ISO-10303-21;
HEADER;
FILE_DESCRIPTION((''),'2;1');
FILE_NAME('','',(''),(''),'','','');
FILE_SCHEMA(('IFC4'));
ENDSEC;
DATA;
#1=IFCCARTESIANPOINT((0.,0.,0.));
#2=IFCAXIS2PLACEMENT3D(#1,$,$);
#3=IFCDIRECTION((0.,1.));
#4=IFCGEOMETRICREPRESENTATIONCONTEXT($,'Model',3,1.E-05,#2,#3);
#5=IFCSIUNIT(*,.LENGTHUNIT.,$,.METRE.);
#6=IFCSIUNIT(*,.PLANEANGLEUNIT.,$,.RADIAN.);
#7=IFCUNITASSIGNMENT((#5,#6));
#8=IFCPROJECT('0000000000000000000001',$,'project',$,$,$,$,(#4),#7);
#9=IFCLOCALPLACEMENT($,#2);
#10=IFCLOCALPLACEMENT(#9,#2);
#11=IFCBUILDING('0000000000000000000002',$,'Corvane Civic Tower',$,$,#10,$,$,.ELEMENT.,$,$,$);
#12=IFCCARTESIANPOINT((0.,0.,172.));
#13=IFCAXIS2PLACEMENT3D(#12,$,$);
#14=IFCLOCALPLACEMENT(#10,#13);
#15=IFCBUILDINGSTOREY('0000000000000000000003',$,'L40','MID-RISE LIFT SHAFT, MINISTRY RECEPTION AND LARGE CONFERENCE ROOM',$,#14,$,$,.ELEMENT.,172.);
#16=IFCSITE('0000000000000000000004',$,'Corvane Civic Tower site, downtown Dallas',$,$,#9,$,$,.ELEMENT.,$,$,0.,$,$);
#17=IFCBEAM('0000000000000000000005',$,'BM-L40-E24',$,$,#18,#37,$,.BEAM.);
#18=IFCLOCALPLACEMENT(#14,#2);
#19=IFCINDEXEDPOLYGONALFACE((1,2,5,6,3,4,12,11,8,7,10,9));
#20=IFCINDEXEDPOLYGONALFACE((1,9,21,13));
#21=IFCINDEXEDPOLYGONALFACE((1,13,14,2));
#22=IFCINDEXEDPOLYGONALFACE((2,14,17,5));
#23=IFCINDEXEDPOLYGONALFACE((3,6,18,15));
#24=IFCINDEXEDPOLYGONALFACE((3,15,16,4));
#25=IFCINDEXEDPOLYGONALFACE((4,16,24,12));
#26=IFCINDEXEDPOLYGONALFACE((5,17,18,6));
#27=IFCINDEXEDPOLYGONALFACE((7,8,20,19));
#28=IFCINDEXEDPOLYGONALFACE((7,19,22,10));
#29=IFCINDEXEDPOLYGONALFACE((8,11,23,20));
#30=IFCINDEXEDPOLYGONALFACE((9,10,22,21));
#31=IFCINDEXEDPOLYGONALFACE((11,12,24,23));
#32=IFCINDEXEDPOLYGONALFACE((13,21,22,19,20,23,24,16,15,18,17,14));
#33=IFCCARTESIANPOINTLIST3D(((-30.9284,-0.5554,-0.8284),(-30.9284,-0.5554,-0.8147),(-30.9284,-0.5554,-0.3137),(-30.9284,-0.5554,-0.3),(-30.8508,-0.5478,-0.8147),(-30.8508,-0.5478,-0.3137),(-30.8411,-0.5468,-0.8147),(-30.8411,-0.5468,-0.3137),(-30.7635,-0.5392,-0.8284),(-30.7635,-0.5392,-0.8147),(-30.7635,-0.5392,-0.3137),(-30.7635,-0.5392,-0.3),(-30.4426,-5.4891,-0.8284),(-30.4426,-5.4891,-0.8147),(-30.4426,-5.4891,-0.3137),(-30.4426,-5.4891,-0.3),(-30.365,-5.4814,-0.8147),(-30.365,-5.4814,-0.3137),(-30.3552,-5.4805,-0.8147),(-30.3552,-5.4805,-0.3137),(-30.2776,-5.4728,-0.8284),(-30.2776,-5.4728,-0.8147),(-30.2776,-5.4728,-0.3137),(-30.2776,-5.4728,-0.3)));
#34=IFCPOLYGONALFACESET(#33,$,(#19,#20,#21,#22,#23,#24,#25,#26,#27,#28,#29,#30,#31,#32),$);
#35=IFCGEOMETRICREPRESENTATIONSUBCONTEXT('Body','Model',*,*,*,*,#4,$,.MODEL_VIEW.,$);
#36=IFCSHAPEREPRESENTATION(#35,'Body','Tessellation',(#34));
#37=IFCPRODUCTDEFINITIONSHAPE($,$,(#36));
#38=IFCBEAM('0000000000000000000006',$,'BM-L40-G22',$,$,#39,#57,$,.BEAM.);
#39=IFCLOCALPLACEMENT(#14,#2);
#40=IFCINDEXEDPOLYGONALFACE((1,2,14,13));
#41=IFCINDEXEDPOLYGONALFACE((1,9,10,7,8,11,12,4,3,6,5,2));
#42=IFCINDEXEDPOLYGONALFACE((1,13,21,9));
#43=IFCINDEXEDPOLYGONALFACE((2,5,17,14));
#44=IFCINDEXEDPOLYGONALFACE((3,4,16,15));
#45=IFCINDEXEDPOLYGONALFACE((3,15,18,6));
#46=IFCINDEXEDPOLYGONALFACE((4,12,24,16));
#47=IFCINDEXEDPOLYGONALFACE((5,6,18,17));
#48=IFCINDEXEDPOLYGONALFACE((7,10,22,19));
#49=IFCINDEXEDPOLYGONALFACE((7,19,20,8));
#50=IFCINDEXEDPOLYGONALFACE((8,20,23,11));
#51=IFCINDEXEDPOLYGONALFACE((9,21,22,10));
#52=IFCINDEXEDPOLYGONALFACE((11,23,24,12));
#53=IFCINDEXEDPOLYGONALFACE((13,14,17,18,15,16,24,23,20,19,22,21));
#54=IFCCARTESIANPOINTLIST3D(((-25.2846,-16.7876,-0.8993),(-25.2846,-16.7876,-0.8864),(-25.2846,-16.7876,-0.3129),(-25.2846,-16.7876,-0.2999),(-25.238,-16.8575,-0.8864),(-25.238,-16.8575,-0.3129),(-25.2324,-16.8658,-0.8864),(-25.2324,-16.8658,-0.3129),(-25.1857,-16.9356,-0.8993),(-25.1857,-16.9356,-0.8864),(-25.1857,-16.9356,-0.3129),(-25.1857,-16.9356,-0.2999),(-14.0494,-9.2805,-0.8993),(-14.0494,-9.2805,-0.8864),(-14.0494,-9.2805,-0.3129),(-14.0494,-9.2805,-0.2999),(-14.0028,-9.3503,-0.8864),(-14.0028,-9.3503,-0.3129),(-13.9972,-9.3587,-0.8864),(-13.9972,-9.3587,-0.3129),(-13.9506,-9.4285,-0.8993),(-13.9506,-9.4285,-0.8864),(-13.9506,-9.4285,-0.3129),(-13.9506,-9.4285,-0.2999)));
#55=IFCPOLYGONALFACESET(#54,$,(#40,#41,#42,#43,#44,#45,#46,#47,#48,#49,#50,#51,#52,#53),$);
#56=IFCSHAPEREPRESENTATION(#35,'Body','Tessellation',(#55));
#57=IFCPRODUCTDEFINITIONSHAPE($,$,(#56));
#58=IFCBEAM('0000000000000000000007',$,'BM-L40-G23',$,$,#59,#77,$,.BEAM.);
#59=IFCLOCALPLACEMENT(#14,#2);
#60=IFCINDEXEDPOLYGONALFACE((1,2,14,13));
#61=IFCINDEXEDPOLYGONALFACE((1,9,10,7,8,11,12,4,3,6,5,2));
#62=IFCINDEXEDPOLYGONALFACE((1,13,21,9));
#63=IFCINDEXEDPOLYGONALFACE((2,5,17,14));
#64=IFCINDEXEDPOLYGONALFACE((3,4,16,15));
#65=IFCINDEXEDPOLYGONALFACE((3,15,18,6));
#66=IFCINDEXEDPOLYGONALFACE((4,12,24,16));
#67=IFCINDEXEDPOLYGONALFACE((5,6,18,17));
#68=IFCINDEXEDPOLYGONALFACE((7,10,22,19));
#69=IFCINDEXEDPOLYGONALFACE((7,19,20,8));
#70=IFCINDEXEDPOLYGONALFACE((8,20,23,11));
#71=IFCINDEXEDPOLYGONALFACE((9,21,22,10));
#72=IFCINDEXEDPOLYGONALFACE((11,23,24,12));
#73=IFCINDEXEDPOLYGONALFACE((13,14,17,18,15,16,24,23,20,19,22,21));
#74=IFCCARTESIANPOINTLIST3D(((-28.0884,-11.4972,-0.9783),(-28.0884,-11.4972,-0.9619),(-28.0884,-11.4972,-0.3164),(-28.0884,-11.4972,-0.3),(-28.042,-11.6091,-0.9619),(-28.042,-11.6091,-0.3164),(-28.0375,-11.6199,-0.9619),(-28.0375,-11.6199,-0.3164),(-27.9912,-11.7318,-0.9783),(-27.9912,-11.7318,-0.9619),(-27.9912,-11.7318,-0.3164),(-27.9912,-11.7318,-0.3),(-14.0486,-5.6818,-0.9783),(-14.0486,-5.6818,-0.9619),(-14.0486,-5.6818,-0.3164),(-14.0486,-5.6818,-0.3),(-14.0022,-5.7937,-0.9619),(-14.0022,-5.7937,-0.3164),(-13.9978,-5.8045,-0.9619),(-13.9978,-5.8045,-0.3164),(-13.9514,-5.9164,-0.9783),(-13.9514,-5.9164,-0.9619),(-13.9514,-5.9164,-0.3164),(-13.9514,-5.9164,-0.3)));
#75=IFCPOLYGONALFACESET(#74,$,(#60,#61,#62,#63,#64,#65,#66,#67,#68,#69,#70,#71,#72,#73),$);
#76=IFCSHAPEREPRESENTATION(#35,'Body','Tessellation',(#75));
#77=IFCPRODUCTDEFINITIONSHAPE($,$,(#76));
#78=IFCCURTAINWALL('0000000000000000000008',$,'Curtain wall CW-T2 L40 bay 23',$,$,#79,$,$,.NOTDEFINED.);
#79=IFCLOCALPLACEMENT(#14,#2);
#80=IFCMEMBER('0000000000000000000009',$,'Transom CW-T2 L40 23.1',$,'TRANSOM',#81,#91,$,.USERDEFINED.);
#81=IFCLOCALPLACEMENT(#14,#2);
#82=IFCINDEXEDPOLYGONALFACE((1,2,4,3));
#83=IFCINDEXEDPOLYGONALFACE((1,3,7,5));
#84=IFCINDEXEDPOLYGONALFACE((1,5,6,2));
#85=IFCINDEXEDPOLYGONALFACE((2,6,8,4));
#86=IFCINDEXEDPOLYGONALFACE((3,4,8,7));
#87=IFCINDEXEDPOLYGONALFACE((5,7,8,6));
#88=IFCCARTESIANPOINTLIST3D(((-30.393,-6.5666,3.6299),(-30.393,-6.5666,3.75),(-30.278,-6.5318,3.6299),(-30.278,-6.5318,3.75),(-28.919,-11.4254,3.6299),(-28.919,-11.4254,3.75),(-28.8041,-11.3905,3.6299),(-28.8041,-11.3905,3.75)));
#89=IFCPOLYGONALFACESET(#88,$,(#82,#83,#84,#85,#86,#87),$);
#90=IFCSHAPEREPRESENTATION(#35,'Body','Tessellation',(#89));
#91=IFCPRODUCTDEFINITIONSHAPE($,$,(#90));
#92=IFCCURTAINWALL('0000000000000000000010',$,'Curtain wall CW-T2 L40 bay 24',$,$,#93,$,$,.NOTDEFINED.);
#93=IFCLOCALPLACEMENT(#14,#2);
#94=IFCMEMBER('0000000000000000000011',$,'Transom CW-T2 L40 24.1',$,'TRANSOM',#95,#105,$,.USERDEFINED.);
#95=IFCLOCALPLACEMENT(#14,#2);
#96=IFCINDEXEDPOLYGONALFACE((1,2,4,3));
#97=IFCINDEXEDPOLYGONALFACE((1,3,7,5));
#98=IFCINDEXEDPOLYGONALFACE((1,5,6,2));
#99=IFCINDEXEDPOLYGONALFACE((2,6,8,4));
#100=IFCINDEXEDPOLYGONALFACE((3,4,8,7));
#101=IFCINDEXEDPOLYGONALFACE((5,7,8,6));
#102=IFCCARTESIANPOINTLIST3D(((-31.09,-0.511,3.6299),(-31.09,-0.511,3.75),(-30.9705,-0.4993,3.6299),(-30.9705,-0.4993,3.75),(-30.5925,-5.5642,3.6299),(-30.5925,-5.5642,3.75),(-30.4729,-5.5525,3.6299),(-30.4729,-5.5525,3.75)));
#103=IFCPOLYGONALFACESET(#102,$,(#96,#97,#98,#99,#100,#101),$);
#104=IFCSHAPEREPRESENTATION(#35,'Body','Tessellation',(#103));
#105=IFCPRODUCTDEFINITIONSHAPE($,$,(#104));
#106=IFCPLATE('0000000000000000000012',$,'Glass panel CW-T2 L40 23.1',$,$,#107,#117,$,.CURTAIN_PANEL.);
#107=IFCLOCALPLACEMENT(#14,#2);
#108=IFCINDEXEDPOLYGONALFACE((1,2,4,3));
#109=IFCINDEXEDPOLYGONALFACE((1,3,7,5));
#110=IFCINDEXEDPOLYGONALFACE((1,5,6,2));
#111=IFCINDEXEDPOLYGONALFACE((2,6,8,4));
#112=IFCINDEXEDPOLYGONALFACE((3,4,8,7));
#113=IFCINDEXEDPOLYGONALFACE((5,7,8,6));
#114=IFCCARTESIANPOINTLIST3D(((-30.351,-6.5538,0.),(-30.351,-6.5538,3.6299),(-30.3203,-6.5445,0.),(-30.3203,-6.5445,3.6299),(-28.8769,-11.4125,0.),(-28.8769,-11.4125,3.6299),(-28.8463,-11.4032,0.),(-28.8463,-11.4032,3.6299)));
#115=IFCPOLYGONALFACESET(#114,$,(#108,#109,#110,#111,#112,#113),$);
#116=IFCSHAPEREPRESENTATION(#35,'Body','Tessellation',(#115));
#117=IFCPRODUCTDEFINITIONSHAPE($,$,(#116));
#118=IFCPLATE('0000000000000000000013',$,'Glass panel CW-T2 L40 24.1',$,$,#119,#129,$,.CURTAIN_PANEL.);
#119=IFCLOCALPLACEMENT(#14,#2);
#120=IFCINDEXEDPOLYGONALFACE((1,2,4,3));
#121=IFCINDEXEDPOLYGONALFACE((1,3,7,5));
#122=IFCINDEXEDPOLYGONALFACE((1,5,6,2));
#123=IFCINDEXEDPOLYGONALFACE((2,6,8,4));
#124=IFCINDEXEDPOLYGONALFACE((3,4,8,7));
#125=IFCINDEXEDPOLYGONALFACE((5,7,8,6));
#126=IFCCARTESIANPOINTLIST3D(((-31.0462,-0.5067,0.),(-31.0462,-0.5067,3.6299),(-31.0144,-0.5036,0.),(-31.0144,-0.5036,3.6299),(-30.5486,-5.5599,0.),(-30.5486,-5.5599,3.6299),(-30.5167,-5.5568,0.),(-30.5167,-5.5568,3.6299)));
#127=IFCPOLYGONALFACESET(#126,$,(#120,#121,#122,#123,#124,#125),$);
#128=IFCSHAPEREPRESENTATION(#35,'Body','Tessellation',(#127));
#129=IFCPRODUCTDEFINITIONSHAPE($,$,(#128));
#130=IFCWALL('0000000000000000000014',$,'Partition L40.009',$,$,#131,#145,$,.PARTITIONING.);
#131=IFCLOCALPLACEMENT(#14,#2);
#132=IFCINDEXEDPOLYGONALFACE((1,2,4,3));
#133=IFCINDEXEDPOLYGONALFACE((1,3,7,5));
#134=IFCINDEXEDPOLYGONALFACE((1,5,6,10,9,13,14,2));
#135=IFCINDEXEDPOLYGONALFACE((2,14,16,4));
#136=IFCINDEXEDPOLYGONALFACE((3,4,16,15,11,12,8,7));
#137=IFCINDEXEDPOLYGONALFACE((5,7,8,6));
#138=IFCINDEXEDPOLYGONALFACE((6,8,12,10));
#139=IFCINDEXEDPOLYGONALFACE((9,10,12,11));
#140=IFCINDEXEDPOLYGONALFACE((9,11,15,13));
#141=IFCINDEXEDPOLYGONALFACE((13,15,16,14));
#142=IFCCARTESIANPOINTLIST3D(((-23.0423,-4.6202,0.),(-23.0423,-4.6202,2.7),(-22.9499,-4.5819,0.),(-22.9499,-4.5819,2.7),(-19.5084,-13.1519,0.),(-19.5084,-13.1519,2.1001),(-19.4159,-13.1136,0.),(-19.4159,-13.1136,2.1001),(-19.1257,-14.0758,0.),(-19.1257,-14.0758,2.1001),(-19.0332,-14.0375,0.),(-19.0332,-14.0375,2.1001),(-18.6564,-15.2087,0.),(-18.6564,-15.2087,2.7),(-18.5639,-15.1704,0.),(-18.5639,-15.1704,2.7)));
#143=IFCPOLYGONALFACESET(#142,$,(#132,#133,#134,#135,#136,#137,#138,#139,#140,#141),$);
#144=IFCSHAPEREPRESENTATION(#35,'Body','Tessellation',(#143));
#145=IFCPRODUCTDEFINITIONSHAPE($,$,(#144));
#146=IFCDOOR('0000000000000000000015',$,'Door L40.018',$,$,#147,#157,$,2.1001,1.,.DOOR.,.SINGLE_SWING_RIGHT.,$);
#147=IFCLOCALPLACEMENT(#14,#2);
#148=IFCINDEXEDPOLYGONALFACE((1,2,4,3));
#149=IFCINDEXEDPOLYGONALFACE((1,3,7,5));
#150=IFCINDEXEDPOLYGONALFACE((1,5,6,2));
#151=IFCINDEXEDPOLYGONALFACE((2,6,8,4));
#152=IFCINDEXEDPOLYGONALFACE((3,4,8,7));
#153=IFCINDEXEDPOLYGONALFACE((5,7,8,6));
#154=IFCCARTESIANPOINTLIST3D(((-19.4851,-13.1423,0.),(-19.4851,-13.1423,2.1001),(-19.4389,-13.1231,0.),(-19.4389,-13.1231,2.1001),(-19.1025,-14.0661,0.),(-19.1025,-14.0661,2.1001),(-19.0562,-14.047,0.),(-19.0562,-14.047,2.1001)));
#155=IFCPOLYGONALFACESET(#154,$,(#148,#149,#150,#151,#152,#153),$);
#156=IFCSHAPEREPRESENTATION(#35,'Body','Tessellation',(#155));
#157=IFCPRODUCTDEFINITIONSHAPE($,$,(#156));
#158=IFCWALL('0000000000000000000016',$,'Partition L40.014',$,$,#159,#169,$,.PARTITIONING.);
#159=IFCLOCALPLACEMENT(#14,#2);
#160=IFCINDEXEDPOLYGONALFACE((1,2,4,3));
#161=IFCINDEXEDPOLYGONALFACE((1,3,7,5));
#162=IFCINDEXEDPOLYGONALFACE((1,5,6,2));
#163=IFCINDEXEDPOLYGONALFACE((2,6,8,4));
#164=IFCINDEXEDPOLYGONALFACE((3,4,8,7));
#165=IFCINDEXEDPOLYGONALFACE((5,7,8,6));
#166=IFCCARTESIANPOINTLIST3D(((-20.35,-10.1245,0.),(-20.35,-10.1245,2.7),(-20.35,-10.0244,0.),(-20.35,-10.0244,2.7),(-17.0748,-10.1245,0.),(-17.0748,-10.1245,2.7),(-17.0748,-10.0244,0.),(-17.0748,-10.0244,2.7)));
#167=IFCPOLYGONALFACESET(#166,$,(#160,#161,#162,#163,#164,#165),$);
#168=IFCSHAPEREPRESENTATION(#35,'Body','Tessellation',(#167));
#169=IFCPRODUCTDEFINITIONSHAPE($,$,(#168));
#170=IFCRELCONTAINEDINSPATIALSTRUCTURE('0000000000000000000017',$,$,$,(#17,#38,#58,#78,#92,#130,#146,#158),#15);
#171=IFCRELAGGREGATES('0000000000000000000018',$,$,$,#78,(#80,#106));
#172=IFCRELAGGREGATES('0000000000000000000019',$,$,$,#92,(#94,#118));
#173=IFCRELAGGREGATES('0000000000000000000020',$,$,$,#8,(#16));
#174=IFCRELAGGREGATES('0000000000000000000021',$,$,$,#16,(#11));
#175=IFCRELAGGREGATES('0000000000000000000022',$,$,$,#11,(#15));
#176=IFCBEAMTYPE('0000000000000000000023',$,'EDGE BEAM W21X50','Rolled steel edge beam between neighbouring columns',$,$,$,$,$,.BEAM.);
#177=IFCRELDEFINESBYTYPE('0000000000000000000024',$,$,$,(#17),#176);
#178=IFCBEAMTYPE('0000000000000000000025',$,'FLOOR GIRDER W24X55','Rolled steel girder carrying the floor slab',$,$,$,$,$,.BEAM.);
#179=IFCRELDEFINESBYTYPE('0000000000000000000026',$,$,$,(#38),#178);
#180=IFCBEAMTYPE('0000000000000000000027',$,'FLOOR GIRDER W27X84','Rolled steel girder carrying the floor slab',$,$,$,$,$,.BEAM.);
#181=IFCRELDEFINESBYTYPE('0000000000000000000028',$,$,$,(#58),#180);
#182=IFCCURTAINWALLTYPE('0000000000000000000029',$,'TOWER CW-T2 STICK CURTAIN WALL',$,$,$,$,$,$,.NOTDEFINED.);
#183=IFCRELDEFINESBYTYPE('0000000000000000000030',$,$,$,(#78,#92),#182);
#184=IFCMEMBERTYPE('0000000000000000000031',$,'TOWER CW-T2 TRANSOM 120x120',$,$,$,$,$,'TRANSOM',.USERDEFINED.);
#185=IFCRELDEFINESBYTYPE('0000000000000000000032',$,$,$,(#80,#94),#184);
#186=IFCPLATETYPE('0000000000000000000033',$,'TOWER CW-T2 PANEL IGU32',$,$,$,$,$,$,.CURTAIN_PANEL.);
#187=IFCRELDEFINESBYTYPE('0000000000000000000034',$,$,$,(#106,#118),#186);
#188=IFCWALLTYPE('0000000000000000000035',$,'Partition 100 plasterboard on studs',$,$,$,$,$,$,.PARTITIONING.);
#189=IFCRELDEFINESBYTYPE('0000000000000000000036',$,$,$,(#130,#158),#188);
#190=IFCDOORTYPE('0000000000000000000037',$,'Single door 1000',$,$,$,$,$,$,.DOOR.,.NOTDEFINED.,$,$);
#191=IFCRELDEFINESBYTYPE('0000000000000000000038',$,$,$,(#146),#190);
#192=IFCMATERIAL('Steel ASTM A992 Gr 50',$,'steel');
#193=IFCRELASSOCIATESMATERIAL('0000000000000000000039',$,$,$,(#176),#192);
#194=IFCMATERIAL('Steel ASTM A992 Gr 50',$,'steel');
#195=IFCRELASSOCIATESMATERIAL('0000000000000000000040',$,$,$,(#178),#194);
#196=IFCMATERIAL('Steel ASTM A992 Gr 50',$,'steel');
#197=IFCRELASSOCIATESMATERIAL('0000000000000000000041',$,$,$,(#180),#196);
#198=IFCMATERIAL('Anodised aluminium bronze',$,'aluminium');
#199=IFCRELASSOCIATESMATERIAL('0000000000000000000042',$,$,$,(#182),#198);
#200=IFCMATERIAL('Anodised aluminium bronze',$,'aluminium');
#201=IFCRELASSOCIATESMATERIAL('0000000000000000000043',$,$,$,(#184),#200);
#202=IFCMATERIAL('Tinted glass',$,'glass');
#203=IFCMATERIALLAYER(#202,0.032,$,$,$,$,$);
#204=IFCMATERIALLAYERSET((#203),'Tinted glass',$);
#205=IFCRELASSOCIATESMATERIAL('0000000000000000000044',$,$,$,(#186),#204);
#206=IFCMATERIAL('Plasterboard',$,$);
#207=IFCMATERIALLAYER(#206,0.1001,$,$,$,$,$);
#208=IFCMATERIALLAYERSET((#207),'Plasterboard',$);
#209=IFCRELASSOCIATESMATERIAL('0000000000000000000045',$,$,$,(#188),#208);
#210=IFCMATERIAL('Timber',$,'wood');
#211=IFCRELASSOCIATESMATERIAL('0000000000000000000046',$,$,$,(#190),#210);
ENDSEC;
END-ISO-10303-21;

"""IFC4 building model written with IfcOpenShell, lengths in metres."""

from ifc_helpers import new_model, si_unit, direction, frame, frame_2d, origin, origin_2d, place, context, subcontext, project, spatial, rectangle, i_section, extrude, material, layer, layer_set, material_profile, profile_set, type_object, element, fill, aggregate, save


model = new_model("IFC4")

# Units and contexts
model_context = context("Model", 3, precision=1e-05, world=origin(), true_north=direction((0.0, 1.0)))
body_context = subcontext(model_context, "Body", "Model", "MODEL_VIEW")
ifc_project = project(units=[si_unit("LENGTHUNIT", "METRE"), si_unit("PLANEANGLEUNIT", "RADIAN")], contexts=[model_context])

# Site, building, storey
site_placement = place(None, origin())
site = spatial("IfcSite", under=ifc_project, at=site_placement, Name="Corvane Civic Tower site, downtown Dallas", CompositionType="ELEMENT", RefElevation=0.0)
building_placement = place(site_placement, origin())
building = spatial("IfcBuilding", under=site, at=building_placement, Name="Corvane Civic Tower", CompositionType="ELEMENT")
storey_placement = place(building_placement, frame((0.0, 0.0, 172.0)))
storey = spatial("IfcBuildingStorey", under=building, at=storey_placement, Name="L40", Description="MID-RISE LIFT SHAFT, MINISTRY RECEPTION AND LARGE CONFERENCE ROOM", CompositionType="ELEMENT", Elevation=172.0)

# Beams
ifc_material_1 = material(Name="Steel ASTM A992 Gr 50", Category="steel")
ifc_material_profile_1 = material_profile(ifc_material_1, i_section(OverallWidth=0.1658, OverallDepth=0.5283, WebThickness=0.0098, FlangeThickness=0.0137, at=origin_2d()), Name="W21X50")
ifc_profile_set_1 = profile_set([ifc_material_profile_1], Name="Steel ASTM A992 Gr 50")
beam_type_1 = type_object("IfcBeamType", Name="EDGE BEAM W21X50", Description="Rolled steel edge beam between neighbouring columns", PredefinedType="BEAM", material=ifc_profile_set_1)
beam_1_placement = place(storey_placement, frame((-30.3601, -5.481, -0.5642), z_axis=(-0.098002, 0.995186, 0.0), x_axis=(-0.995186, -0.098002, 0.0)))
element("IfcBeam", 1, at=beam_1_placement, inside=storey, type_object=beam_type_1, Name="BM-L40-E24", PredefinedType="BEAM", context=body_context, shape_type="SweptSolid", body=[
    extrude(i_section(OverallWidth=0.1658, OverallDepth=0.5283, WebThickness=0.0098, FlangeThickness=0.0137, at=origin_2d()), origin(), (0.0, 0.0, 1.0), 4.9575),
])
ifc_material_2 = material(Name="Steel ASTM A992 Gr 50", Category="steel")
ifc_material_profile_2 = material_profile(ifc_material_2, i_section(OverallWidth=0.178, OverallDepth=0.5994, WebThickness=0.01, FlangeThickness=0.0129, at=origin_2d()), Name="W24X55")
ifc_profile_set_2 = profile_set([ifc_material_profile_2], Name="Steel ASTM A992 Gr 50")
beam_type_2 = type_object("IfcBeamType", Name="FLOOR GIRDER W24X55", Description="Rolled steel girder carrying the floor slab", PredefinedType="BEAM", material=ifc_profile_set_2)
beam_2_placement = place(storey_placement, frame((-14.0, -9.3545, -0.5996), z_axis=(-0.831469, -0.555571, 0.0), x_axis=(0.555571, -0.831469, 0.0)))
element("IfcBeam", 2, at=beam_2_placement, inside=storey, type_object=beam_type_2, Name="BM-L40-G22", PredefinedType="BEAM", context=body_context, shape_type="SweptSolid", body=[
    extrude(i_section(OverallWidth=0.178, OverallDepth=0.5994, WebThickness=0.01, FlangeThickness=0.0129, at=origin_2d()), origin(), (0.0, 0.0, 1.0), 13.5125),
])
ifc_material_3 = material(Name="Steel ASTM A992 Gr 50", Category="steel")
ifc_material_profile_3 = material_profile(ifc_material_3, i_section(OverallWidth=0.2539, OverallDepth=0.6782, WebThickness=0.0117, FlangeThickness=0.0164, at=origin_2d()), Name="W27X84")
ifc_profile_set_3 = profile_set([ifc_material_profile_3], Name="Steel ASTM A992 Gr 50")
beam_type_3 = type_object("IfcBeamType", Name="FLOOR GIRDER W27X84", Description="Rolled steel girder carrying the floor slab", PredefinedType="BEAM", material=ifc_profile_set_3)
beam_3_placement = place(storey_placement, frame((-14.0, -5.7991, -0.6392), z_axis=(-0.923881, -0.382681, 0.0), x_axis=(0.382681, -0.923881, 0.0)))
element("IfcBeam", 3, at=beam_3_placement, inside=storey, type_object=beam_type_3, Name="BM-L40-G23", PredefinedType="BEAM", context=body_context, shape_type="SweptSolid", body=[
    extrude(i_section(OverallWidth=0.2539, OverallDepth=0.6782, WebThickness=0.0117, FlangeThickness=0.0164, at=origin_2d()), origin(), (0.0, 0.0, 1.0), 15.1965),
])

# Curtain walls, members
ifc_material_4 = material(Name="Anodised aluminium bronze", Category="aluminium")
curtain_wall_type = type_object("IfcCurtainWallType", Name="TOWER CW-T2 STICK CURTAIN WALL", PredefinedType="NOTDEFINED", material=ifc_material_4)
curtain_wall_1_placement = place(storey_placement, origin())
curtain_wall_1 = element("IfcCurtainWall", 4, at=curtain_wall_1_placement, inside=storey, type_object=curtain_wall_type, Name="Curtain wall CW-T2 L40 bay 23", PredefinedType="NOTDEFINED")
ifc_material_5 = material(Name="Anodised aluminium bronze", Category="aluminium")
ifc_material_profile_4 = material_profile(ifc_material_5, rectangle(XDim=0.1201, YDim=0.1201, at=origin_2d()), Name="TOWER CW-T2 TRANSOM 120x120")
ifc_profile_set_4 = profile_set([ifc_material_profile_4], Name="Anodised aluminium bronze")
member_type = type_object("IfcMemberType", Name="TOWER CW-T2 TRANSOM 120x120", ElementType="TRANSOM", PredefinedType="USERDEFINED", material=ifc_profile_set_4)
member_1_placement = place(storey_placement, frame((-28.8616, -11.408, 3.6899), z_axis=(-0.290289, 0.956939, 0.0), x_axis=(-0.956939, -0.290289, 0.0)))
member_1 = element("IfcMember", 5, at=member_1_placement, type_object=member_type, Name="Transom CW-T2 L40 23.1", ObjectType="TRANSOM", PredefinedType="USERDEFINED", context=body_context, shape_type="SweptSolid", body=[
    extrude(rectangle(XDim=0.1201, YDim=0.1201, at=origin_2d()), origin(), (0.0, 0.0, 1.0), 5.0774),
])
curtain_wall_2_placement = place(storey_placement, origin())
curtain_wall_2 = element("IfcCurtainWall", 6, at=curtain_wall_2_placement, inside=storey, type_object=curtain_wall_type, Name="Curtain wall CW-T2 L40 bay 24", PredefinedType="NOTDEFINED")
member_2_placement = place(storey_placement, frame((-30.5327, -5.5583, 3.6899), z_axis=(-0.09799, 0.995187, 0.0), x_axis=(-0.995187, -0.09799, 0.0)))
member_2 = element("IfcMember", 7, at=member_2_placement, type_object=member_type, Name="Transom CW-T2 L40 24.1", ObjectType="TRANSOM", PredefinedType="USERDEFINED", context=body_context, shape_type="SweptSolid", body=[
    extrude(rectangle(XDim=0.1201, YDim=0.1201, at=origin_2d()), origin(), (0.0, 0.0, 1.0), 5.0776),
])

# Plates
ifc_material_6 = material(Name="Tinted glass", Category="glass")
ifc_layer_1 = layer(ifc_material_6, 0.032)
ifc_layer_set_1 = layer_set([ifc_layer_1], Name="Tinted glass")
plate_type = type_object("IfcPlateType", Name="TOWER CW-T2 PANEL IGU32", PredefinedType="CURTAIN_PANEL", material=ifc_layer_set_1)
plate_1_placement = place(storey_placement, frame((-29.5986, -8.9785, 0.0), z_axis=(0.0, 0.0, 1.0), x_axis=(-0.290313, 0.956932, 0.0)))
plate_1 = element("IfcPlate", 8, at=plate_1_placement, type_object=plate_type, Name="Glass panel CW-T2 L40 23.1", PredefinedType="CURTAIN_PANEL", context=body_context, shape_type="SweptSolid", body=[
    extrude(rectangle(XDim=5.0774, YDim=0.032, at=origin_2d()), origin(), (0.0, 0.0, 1.0), 3.6299),
])
aggregate(curtain_wall_1, [member_1, plate_1])
plate_2_placement = place(storey_placement, frame((-30.7815, -3.0317, 0.0), z_axis=(0.0, 0.0, 1.0), x_axis=(-0.098012, 0.995185, 0.0)))
plate_2 = element("IfcPlate", 9, at=plate_2_placement, type_object=plate_type, Name="Glass panel CW-T2 L40 24.1", PredefinedType="CURTAIN_PANEL", context=body_context, shape_type="SweptSolid", body=[
    extrude(rectangle(XDim=5.0776, YDim=0.032, at=origin_2d()), origin(), (0.0, 0.0, 1.0), 3.6299),
])
aggregate(curtain_wall_2, [member_2, plate_2])

# Wall, opening, door
ifc_material_7 = material(Name="Plasterboard")
ifc_layer_2 = layer(ifc_material_7, 0.1001)
ifc_layer_set_2 = layer_set([ifc_layer_2], Name="Plasterboard")
wall_type = type_object("IfcWallType", Name="Partition 100 plasterboard on studs", PredefinedType="PARTITIONING", material=ifc_layer_set_2)
wall_1_placement = place(storey_placement, frame((-22.9961, -4.6011, 0.0), z_axis=(0.0, 0.0, 1.0), x_axis=(0.382686, -0.923878, 0.0)))
wall_1 = element("IfcWall", 10, at=wall_1_placement, inside=storey, type_object=wall_type, Name="Partition L40.009", PredefinedType="PARTITIONING", context=body_context, shape_type="SweptSolid", body=[
    extrude(rectangle(XDim=11.4609, YDim=0.1001, at=frame_2d((5.7305, 0.0))), origin(), (0.0, 0.0, 1.0), 2.7),
])
opening_1_placement = place(wall_1_placement, frame((9.2346, 0.0, 0.0)))
opening_1 = element("IfcOpeningElement", 11, at=opening_1_placement, cuts=wall_1, PredefinedType="OPENING", context=body_context, shape_type="SweptSolid", body=[
    extrude(rectangle(XDim=1.0, YDim=2.1001, at=frame_2d((0.5, 1.05))), frame((0.0, 0.0601, 0.0), z_axis=(0.0, -1.0, 0.0), x_axis=(1.0, 0.0, 0.0)), (0.0, 0.0, 1.0), 0.1201),
])
ifc_material_8 = material(Name="Timber", Category="wood")
door_type = type_object("IfcDoorType", Name="Single door 1000", OperationType="NOTDEFINED", PredefinedType="DOOR", material=ifc_material_8)
door_1_placement = place(opening_1_placement, frame((1.0, 0.0, 0.0), z_axis=(0.0, 0.0, 1.0), x_axis=(-1.0, 0.0, 0.0)))
door_1 = element("IfcDoor", 12, at=door_1_placement, inside=storey, type_object=door_type, Name="Door L40.018", OperationType="SINGLE_SWING_RIGHT", OverallHeight=2.1001, OverallWidth=1.0, PredefinedType="DOOR", context=body_context, shape_type="SweptSolid", body=[
    extrude(rectangle(XDim=1.0, YDim=2.1001, at=frame_2d((0.5, 1.05))), frame((0.0, 0.0249, 0.0), z_axis=(0.0, -1.0, 0.0), x_axis=(1.0, 0.0, 0.0)), (0.0, 0.0, 1.0), 0.05),
])
fill(opening_1, door_1)

# Wall
wall_2_placement = place(storey_placement, frame((-20.3501, -10.0745, 0.0), z_axis=(0.0, 0.0, 1.0), x_axis=(1.0, 0.0, 0.0)))
element("IfcWall", 13, at=wall_2_placement, inside=storey, type_object=wall_type, Name="Partition L40.014", PredefinedType="PARTITIONING", context=body_context, shape_type="SweptSolid", body=[
    extrude(rectangle(XDim=3.2751, YDim=0.1001, at=frame_2d((1.6377, 0.0))), origin(), (0.0, 0.0, 1.0), 2.7),
])

save(model, "model.ifc")
